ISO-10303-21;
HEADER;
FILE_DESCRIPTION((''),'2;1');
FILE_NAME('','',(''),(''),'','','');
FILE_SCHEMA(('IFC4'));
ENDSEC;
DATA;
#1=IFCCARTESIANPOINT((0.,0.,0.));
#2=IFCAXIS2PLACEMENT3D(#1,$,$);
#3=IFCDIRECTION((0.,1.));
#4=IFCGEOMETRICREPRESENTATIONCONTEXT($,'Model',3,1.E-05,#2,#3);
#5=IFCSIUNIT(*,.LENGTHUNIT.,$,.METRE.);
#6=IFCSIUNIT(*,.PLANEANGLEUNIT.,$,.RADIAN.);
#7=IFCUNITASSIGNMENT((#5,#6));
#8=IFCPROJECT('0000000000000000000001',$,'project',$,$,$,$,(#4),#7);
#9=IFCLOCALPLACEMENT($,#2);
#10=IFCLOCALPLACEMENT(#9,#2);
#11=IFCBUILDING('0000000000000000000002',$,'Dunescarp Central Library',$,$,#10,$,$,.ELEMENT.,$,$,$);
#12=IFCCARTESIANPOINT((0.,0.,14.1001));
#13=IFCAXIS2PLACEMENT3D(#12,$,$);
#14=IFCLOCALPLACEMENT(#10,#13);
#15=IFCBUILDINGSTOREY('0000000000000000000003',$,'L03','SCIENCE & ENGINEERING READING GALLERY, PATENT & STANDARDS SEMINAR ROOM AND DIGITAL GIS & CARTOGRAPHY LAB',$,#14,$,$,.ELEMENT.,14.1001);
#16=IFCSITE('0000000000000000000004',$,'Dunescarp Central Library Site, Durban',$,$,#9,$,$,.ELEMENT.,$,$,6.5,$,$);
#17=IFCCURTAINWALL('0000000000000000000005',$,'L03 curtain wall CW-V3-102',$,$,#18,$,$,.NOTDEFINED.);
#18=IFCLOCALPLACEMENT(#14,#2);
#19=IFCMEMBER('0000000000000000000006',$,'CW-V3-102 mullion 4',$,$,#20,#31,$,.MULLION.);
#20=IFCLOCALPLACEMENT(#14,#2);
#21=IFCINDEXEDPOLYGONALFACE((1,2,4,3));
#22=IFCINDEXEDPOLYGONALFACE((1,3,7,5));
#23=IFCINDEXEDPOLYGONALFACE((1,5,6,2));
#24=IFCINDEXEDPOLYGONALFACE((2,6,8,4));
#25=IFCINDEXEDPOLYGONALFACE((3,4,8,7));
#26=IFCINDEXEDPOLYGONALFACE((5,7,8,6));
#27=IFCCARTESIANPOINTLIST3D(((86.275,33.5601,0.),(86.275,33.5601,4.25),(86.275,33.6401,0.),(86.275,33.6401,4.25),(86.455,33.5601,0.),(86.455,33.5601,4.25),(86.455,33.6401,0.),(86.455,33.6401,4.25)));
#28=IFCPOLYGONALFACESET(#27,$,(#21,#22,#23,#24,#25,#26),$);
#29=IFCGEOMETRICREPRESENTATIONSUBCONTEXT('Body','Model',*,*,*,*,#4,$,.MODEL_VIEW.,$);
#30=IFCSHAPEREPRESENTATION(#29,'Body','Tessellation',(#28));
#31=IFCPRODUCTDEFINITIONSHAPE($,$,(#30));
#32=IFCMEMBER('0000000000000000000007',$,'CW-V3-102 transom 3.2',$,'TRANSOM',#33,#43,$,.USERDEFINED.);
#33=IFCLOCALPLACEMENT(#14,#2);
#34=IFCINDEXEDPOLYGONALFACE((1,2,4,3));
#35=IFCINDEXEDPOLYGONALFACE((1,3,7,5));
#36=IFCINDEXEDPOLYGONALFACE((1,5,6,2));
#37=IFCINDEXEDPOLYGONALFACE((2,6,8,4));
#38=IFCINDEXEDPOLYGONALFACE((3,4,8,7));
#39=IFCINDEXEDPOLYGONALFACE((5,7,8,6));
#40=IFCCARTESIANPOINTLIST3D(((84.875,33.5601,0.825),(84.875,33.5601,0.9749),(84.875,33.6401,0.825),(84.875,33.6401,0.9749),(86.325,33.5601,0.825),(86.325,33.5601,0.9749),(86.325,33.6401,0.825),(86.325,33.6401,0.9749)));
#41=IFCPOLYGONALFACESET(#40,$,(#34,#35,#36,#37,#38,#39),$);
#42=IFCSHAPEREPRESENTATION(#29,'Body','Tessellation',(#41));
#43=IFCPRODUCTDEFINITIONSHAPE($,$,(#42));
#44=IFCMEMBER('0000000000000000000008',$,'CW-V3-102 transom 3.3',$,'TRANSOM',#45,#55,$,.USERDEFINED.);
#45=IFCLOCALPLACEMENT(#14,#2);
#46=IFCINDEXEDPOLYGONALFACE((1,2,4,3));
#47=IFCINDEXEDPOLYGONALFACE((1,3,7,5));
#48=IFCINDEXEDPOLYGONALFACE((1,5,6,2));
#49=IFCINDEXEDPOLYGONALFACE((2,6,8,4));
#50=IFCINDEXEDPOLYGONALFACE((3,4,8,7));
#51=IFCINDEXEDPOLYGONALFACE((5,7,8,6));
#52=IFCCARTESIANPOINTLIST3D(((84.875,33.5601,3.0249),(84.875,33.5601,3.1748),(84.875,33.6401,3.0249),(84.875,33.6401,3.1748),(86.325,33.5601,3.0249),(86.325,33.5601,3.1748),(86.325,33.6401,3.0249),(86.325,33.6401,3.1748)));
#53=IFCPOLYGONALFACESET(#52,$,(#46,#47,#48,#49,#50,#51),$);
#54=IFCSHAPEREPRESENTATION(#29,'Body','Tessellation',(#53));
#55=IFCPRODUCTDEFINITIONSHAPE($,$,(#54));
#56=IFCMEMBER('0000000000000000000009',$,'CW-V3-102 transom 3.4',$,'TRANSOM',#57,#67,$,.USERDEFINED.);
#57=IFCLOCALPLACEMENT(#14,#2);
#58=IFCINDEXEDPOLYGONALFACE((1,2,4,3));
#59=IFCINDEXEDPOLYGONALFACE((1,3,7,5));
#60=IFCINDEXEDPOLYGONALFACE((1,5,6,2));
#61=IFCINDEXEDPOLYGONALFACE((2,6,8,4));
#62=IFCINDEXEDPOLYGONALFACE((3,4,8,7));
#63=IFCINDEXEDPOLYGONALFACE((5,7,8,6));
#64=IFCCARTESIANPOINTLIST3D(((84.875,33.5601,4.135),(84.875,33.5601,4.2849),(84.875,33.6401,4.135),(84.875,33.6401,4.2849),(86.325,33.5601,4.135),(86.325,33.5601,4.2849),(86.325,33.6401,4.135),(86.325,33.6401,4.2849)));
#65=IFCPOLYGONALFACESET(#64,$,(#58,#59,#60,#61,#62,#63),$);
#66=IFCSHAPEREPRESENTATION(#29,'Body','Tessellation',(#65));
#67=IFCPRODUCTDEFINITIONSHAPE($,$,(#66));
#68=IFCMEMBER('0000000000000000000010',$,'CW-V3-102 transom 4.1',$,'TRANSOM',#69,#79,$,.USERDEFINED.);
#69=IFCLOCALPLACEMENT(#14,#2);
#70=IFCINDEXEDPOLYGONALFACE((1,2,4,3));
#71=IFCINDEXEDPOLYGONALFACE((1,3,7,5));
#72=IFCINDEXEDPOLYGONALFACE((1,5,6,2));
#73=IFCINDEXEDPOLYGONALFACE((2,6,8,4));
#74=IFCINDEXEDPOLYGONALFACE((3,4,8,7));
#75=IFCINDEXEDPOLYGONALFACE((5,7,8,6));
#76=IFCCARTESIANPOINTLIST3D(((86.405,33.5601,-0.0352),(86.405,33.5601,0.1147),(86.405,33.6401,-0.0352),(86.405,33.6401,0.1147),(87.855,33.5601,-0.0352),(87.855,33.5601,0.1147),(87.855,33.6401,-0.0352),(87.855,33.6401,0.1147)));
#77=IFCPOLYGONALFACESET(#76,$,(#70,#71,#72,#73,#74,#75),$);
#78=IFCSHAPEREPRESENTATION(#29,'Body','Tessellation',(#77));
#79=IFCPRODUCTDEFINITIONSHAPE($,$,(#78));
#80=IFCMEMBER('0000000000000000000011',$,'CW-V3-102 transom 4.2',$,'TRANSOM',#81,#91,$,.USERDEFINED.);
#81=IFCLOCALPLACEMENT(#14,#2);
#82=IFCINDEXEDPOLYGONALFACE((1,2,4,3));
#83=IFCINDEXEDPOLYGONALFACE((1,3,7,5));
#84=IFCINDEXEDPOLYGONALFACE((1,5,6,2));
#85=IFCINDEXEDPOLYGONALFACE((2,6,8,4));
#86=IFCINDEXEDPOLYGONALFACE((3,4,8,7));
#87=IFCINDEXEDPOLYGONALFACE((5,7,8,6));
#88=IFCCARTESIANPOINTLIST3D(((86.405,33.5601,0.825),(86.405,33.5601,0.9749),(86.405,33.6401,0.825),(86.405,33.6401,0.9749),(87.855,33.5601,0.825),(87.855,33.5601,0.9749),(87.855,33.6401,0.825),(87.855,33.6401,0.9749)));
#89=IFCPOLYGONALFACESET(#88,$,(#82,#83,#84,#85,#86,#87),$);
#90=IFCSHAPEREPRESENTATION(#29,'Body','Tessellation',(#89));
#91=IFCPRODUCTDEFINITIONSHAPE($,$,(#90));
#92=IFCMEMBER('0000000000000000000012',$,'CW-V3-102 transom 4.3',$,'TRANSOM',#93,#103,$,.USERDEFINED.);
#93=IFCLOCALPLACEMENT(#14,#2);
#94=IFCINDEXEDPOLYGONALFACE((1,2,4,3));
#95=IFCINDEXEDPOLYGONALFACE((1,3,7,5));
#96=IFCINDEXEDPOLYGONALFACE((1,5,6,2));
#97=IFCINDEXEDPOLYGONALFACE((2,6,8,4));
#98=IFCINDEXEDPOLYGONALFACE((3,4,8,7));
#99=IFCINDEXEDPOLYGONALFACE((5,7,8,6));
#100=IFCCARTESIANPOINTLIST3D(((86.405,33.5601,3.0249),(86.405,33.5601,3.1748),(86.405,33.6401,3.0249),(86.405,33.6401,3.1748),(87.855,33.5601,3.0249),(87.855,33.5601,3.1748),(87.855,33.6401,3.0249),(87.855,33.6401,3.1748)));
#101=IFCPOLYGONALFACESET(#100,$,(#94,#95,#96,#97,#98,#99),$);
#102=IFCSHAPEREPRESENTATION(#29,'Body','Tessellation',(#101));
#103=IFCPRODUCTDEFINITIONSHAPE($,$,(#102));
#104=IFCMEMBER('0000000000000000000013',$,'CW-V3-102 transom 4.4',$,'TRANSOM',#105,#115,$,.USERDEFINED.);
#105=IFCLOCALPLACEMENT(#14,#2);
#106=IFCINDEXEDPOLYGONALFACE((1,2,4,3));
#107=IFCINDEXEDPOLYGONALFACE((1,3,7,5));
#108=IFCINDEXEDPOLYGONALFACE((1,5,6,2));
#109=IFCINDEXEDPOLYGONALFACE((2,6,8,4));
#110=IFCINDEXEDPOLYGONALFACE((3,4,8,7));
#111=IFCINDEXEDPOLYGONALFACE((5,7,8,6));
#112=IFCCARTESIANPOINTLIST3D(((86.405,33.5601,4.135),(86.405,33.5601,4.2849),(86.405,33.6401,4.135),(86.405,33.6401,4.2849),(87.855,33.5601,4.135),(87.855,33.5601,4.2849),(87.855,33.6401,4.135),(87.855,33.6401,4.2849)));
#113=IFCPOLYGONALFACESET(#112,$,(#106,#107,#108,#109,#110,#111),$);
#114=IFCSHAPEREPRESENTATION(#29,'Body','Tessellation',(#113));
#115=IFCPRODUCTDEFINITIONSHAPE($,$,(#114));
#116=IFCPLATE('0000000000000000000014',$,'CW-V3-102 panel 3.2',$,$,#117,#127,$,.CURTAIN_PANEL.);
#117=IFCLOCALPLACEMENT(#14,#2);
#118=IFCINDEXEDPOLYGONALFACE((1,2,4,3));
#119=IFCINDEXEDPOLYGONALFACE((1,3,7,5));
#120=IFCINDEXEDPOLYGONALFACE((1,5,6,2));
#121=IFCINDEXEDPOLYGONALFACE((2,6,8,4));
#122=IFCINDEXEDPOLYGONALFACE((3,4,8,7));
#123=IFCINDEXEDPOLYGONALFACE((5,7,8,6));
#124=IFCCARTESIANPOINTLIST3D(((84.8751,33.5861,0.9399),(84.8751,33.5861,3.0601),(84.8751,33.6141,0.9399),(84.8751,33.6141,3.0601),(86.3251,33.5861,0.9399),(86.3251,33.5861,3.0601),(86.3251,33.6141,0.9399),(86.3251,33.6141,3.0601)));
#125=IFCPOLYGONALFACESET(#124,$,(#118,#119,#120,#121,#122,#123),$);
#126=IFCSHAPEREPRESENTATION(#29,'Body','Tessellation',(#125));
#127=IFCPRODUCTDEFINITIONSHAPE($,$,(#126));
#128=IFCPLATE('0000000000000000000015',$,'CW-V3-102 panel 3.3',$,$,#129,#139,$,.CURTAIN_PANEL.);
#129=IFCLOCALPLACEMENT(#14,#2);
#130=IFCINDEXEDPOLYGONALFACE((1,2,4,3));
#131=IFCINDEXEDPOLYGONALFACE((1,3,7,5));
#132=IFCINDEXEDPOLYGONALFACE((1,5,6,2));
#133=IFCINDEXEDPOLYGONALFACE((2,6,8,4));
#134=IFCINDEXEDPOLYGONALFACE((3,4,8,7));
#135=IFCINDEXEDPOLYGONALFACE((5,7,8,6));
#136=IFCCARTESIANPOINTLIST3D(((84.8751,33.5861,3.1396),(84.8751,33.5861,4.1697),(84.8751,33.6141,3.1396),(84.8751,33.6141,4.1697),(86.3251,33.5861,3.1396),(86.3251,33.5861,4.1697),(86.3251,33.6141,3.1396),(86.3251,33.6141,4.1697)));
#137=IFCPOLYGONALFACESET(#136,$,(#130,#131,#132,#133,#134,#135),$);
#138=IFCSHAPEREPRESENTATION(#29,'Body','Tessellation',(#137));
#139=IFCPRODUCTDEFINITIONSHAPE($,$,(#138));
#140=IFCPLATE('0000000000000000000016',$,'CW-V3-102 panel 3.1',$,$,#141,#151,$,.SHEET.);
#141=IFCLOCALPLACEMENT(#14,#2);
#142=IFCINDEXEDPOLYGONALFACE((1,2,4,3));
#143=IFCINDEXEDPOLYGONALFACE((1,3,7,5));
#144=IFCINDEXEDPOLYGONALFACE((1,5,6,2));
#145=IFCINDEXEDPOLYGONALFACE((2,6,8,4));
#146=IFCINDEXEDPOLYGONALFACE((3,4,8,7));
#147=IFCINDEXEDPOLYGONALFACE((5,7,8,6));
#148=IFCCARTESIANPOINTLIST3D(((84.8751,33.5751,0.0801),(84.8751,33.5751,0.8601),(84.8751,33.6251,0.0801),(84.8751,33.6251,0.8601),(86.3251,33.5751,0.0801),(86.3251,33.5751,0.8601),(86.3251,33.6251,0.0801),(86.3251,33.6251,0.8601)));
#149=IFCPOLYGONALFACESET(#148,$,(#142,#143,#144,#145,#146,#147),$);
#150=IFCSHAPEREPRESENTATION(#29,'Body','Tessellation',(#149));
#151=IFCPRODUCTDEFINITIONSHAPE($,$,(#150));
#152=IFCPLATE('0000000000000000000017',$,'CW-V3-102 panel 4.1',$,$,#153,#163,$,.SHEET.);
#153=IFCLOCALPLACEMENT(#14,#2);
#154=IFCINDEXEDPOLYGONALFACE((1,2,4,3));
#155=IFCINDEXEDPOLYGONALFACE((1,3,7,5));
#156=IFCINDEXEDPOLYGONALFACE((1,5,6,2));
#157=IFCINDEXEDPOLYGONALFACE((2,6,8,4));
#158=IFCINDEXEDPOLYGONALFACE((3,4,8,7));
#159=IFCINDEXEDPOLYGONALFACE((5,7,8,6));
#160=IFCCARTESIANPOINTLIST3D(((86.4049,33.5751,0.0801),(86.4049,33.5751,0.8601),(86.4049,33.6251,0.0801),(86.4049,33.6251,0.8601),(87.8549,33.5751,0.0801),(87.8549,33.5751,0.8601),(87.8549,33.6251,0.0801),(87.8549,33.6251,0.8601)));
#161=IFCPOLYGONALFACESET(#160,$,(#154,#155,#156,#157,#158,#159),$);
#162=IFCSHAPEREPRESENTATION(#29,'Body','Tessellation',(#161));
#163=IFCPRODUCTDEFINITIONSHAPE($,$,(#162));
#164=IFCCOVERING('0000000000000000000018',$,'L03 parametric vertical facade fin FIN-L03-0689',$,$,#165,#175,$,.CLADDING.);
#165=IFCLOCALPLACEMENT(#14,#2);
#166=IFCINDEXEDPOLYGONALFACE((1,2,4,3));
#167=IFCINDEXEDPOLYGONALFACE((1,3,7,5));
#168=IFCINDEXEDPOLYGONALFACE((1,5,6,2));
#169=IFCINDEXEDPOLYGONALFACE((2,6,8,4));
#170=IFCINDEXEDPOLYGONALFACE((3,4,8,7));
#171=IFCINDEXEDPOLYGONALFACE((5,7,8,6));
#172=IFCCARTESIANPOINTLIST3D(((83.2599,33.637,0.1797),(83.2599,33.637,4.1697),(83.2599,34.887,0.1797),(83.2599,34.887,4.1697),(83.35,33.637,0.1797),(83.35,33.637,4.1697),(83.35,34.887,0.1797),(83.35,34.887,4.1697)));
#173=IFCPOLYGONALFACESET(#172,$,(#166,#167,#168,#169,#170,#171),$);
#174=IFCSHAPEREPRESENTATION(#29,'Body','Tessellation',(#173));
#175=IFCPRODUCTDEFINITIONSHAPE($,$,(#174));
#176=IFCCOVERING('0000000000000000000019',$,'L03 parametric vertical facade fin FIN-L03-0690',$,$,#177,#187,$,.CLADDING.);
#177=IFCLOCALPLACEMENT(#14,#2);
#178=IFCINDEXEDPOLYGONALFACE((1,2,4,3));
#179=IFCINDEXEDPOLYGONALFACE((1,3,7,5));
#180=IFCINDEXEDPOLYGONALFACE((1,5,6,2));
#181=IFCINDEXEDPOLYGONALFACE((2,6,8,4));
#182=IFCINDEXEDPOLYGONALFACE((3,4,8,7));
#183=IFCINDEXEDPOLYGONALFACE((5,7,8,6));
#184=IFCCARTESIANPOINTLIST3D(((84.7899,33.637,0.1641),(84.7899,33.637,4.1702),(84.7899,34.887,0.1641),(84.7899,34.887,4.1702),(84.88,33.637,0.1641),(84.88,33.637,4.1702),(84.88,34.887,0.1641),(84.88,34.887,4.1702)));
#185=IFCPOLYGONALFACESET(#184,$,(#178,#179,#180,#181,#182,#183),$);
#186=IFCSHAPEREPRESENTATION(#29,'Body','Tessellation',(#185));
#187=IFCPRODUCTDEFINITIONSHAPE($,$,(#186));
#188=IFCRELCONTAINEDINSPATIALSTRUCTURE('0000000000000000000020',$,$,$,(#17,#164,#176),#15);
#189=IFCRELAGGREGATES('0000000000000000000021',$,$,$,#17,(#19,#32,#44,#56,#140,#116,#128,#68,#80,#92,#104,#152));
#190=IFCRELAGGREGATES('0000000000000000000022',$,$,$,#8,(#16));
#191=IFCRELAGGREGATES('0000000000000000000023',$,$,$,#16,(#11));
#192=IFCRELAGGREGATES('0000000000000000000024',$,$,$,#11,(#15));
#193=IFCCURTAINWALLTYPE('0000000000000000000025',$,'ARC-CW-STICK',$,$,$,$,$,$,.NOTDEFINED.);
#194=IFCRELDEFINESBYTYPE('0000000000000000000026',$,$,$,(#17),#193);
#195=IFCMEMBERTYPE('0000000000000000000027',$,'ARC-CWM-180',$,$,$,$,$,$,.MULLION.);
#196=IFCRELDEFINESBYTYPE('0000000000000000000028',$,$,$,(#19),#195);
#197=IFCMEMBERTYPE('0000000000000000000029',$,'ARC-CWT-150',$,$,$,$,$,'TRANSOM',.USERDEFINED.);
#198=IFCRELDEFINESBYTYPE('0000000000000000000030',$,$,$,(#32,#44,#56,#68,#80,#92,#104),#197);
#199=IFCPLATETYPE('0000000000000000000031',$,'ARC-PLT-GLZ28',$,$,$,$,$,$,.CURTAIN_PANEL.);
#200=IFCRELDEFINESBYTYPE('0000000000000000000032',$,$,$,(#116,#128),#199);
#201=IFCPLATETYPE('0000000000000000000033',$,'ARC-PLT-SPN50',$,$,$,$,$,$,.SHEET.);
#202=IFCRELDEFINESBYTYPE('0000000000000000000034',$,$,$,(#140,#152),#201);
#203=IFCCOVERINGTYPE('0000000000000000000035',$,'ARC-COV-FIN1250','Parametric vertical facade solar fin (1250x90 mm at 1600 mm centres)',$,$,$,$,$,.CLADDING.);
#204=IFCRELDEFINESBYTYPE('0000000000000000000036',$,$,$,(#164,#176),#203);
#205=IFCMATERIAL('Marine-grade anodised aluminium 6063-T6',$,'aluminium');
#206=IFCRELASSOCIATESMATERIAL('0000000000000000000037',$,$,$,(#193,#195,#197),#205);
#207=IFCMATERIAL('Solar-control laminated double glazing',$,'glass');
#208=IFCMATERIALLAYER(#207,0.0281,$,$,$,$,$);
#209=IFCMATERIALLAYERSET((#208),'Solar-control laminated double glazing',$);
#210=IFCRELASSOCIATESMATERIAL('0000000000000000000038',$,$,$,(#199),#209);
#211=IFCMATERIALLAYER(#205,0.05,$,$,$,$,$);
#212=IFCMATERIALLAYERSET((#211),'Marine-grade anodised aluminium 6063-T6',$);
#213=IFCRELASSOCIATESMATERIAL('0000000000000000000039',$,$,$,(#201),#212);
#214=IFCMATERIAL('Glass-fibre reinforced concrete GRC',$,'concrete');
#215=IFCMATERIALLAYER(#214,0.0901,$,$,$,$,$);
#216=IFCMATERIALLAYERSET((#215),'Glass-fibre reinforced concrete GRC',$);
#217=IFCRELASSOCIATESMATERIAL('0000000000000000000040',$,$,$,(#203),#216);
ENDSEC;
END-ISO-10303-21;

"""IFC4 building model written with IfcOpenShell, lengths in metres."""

from ifc_helpers import new_model, si_unit, direction, frame, origin, origin_2d, place, context, subcontext, project, spatial, rectangle, extrude, material, layer, layer_set, material_profile, profile_set, type_object, element, aggregate, save


model = new_model("IFC4")

# Units and contexts
model_context = context("Model", 3, precision=1e-05, world=origin(), true_north=direction((0.0, 1.0)))
body_context = subcontext(model_context, "Body", "Model", "MODEL_VIEW")
ifc_project = project(units=[si_unit("LENGTHUNIT", "METRE"), si_unit("PLANEANGLEUNIT", "RADIAN")], contexts=[model_context])

# Site, building, storey
site_placement = place(None, origin())
site = spatial("IfcSite", under=ifc_project, at=site_placement, Name="Dunescarp Central Library Site, Durban", CompositionType="ELEMENT", RefElevation=6.5)
building_placement = place(site_placement, origin())
building = spatial("IfcBuilding", under=site, at=building_placement, Name="Dunescarp Central Library", CompositionType="ELEMENT")
storey_placement = place(building_placement, frame((0.0, 0.0, 14.1001)))
storey = spatial("IfcBuildingStorey", under=building, at=storey_placement, Name="L03", Description="SCIENCE & ENGINEERING READING GALLERY, PATENT & STANDARDS SEMINAR ROOM AND DIGITAL GIS & CARTOGRAPHY LAB", CompositionType="ELEMENT", Elevation=14.1001)

# Curtain wall, members, plates
ifc_material_1 = material(Name="Marine-grade anodised aluminium 6063-T6", Category="aluminium")
curtain_wall_type = type_object("IfcCurtainWallType", Name="ARC-CW-STICK", PredefinedType="NOTDEFINED", material=ifc_material_1)
curtain_wall_placement = place(storey_placement, origin())
curtain_wall = element("IfcCurtainWall", 1, at=curtain_wall_placement, inside=storey, type_object=curtain_wall_type, Name="L03 curtain wall CW-V3-102", PredefinedType="NOTDEFINED")
ifc_material_profile_1 = material_profile(ifc_material_1, rectangle(XDim=0.0801, YDim=0.1799, at=origin_2d()), Name="AL 80x180")
ifc_profile_set_1 = profile_set([ifc_material_profile_1], Name="Marine-grade anodised aluminium 6063-T6")
member_type_1 = type_object("IfcMemberType", Name="ARC-CWM-180", PredefinedType="MULLION", material=ifc_profile_set_1)
member_1_placement = place(storey_placement, frame((86.365, 33.6001, 0.0), z_axis=(0.0, 0.0, 1.0), x_axis=(0.0, 1.0, 0.0)))
member_1 = element("IfcMember", 2, at=member_1_placement, type_object=member_type_1, Name="CW-V3-102 mullion 4", PredefinedType="MULLION", context=body_context, shape_type="SweptSolid", body=[
    extrude(rectangle(XDim=0.0801, YDim=0.1799, at=origin_2d()), origin(), (0.0, 0.0, 1.0), 4.25),
])
ifc_material_profile_2 = material_profile(ifc_material_1, rectangle(XDim=0.0801, YDim=0.1499, at=origin_2d()), Name="AL 80x150")
ifc_profile_set_2 = profile_set([ifc_material_profile_2], Name="Marine-grade anodised aluminium 6063-T6")
member_type_2 = type_object("IfcMemberType", Name="ARC-CWT-150", ElementType="TRANSOM", PredefinedType="USERDEFINED", material=ifc_profile_set_2)
member_2_placement = place(storey_placement, frame((84.875, 33.6001, 0.8999), z_axis=(1.0, 0.0, 0.0), x_axis=(0.0, 1.0, 0.0)))
member_2 = element("IfcMember", 3, at=member_2_placement, type_object=member_type_2, Name="CW-V3-102 transom 3.2", ObjectType="TRANSOM", PredefinedType="USERDEFINED", context=body_context, shape_type="SweptSolid", body=[
    extrude(rectangle(XDim=0.0801, YDim=0.1499, at=origin_2d()), origin(), (0.0, 0.0, 1.0), 1.45),
])
member_3_placement = place(storey_placement, frame((84.875, 33.6001, 3.0999), z_axis=(1.0, 0.0, 0.0), x_axis=(0.0, 1.0, 0.0)))
member_3 = element("IfcMember", 4, at=member_3_placement, type_object=member_type_2, Name="CW-V3-102 transom 3.3", ObjectType="TRANSOM", PredefinedType="USERDEFINED", context=body_context, shape_type="SweptSolid", body=[
    extrude(rectangle(XDim=0.0801, YDim=0.1499, at=origin_2d()), origin(), (0.0, 0.0, 1.0), 1.45),
])
member_4_placement = place(storey_placement, frame((84.875, 33.6001, 4.21), z_axis=(1.0, 0.0, 0.0), x_axis=(0.0, 1.0, 0.0)))
member_4 = element("IfcMember", 5, at=member_4_placement, type_object=member_type_2, Name="CW-V3-102 transom 3.4", ObjectType="TRANSOM", PredefinedType="USERDEFINED", context=body_context, shape_type="SweptSolid", body=[
    extrude(rectangle(XDim=0.0801, YDim=0.1499, at=origin_2d()), origin(), (0.0, 0.0, 1.0), 1.45),
])
member_5_placement = place(storey_placement, frame((86.405, 33.6001, 0.0398), z_axis=(1.0, 0.0, 0.0), x_axis=(0.0, 1.0, 0.0)))
member_5 = element("IfcMember", 6, at=member_5_placement, type_object=member_type_2, Name="CW-V3-102 transom 4.1", ObjectType="TRANSOM", PredefinedType="USERDEFINED", context=body_context, shape_type="SweptSolid", body=[
    extrude(rectangle(XDim=0.0801, YDim=0.1499, at=origin_2d()), origin(), (0.0, 0.0, 1.0), 1.45),
])
member_6_placement = place(storey_placement, frame((86.405, 33.6001, 0.8999), z_axis=(1.0, 0.0, 0.0), x_axis=(0.0, 1.0, 0.0)))
member_6 = element("IfcMember", 7, at=member_6_placement, type_object=member_type_2, Name="CW-V3-102 transom 4.2", ObjectType="TRANSOM", PredefinedType="USERDEFINED", context=body_context, shape_type="SweptSolid", body=[
    extrude(rectangle(XDim=0.0801, YDim=0.1499, at=origin_2d()), origin(), (0.0, 0.0, 1.0), 1.45),
])
member_7_placement = place(storey_placement, frame((86.405, 33.6001, 3.0999), z_axis=(1.0, 0.0, 0.0), x_axis=(0.0, 1.0, 0.0)))
member_7 = element("IfcMember", 8, at=member_7_placement, type_object=member_type_2, Name="CW-V3-102 transom 4.3", ObjectType="TRANSOM", PredefinedType="USERDEFINED", context=body_context, shape_type="SweptSolid", body=[
    extrude(rectangle(XDim=0.0801, YDim=0.1499, at=origin_2d()), origin(), (0.0, 0.0, 1.0), 1.45),
])
member_8_placement = place(storey_placement, frame((86.405, 33.6001, 4.21), z_axis=(1.0, 0.0, 0.0), x_axis=(0.0, 1.0, 0.0)))
member_8 = element("IfcMember", 9, at=member_8_placement, type_object=member_type_2, Name="CW-V3-102 transom 4.4", ObjectType="TRANSOM", PredefinedType="USERDEFINED", context=body_context, shape_type="SweptSolid", body=[
    extrude(rectangle(XDim=0.0801, YDim=0.1499, at=origin_2d()), origin(), (0.0, 0.0, 1.0), 1.45),
])
ifc_material_2 = material(Name="Solar-control laminated double glazing", Category="glass")
ifc_layer_1 = layer(ifc_material_2, 0.0281)
ifc_layer_set_1 = layer_set([ifc_layer_1], Name="Solar-control laminated double glazing")
plate_type_1 = type_object("IfcPlateType", Name="ARC-PLT-GLZ28", PredefinedType="CURTAIN_PANEL", material=ifc_layer_set_1)
plate_1_placement = place(storey_placement, frame((85.6001, 33.6001, 0.9399), z_axis=(0.0, 0.0, 1.0), x_axis=(1.0, 0.0, 0.0)))
plate_1 = element("IfcPlate", 10, at=plate_1_placement, type_object=plate_type_1, Name="CW-V3-102 panel 3.2", PredefinedType="CURTAIN_PANEL", context=body_context, shape_type="SweptSolid", body=[
    extrude(rectangle(XDim=1.45, YDim=0.0281, at=origin_2d()), origin(), (0.0, 0.0, 1.0), 2.1201),
])
plate_2_placement = place(storey_placement, frame((85.6001, 33.6001, 3.1396), z_axis=(0.0, 0.0, 1.0), x_axis=(1.0, 0.0, 0.0)))
plate_2 = element("IfcPlate", 11, at=plate_2_placement, type_object=plate_type_1, Name="CW-V3-102 panel 3.3", PredefinedType="CURTAIN_PANEL", context=body_context, shape_type="SweptSolid", body=[
    extrude(rectangle(XDim=1.45, YDim=0.0281, at=origin_2d()), origin(), (0.0, 0.0, 1.0), 1.03),
])
ifc_layer_2 = layer(ifc_material_1, 0.05)
ifc_layer_set_2 = layer_set([ifc_layer_2], Name="Marine-grade anodised aluminium 6063-T6")
plate_type_2 = type_object("IfcPlateType", Name="ARC-PLT-SPN50", PredefinedType="SHEET", material=ifc_layer_set_2)
plate_3_placement = place(storey_placement, frame((85.6001, 33.6001, 0.0801), z_axis=(0.0, 0.0, 1.0), x_axis=(1.0, 0.0, 0.0)))
plate_3 = element("IfcPlate", 12, at=plate_3_placement, type_object=plate_type_2, Name="CW-V3-102 panel 3.1", PredefinedType="SHEET", context=body_context, shape_type="SweptSolid", body=[
    extrude(rectangle(XDim=1.45, YDim=0.05, at=origin_2d()), origin(), (0.0, 0.0, 1.0), 0.78),
])
plate_4_placement = place(storey_placement, frame((87.1299, 33.6001, 0.0801), z_axis=(0.0, 0.0, 1.0), x_axis=(1.0, 0.0, 0.0)))
plate_4 = element("IfcPlate", 13, at=plate_4_placement, type_object=plate_type_2, Name="CW-V3-102 panel 4.1", PredefinedType="SHEET", context=body_context, shape_type="SweptSolid", body=[
    extrude(rectangle(XDim=1.45, YDim=0.05, at=origin_2d()), origin(), (0.0, 0.0, 1.0), 0.78),
])
aggregate(curtain_wall, [member_1, member_2, member_3, member_4, plate_3, plate_1, plate_2, member_5, member_6, member_7, member_8, plate_4])

# Coverings
ifc_material_3 = material(Name="Glass-fibre reinforced concrete GRC", Category="concrete")
ifc_layer_3 = layer(ifc_material_3, 0.0901)
ifc_layer_set_3 = layer_set([ifc_layer_3], Name="Glass-fibre reinforced concrete GRC")
covering_type_1 = type_object("IfcCoveringType", Name="ARC-COV-FIN1250", Description="Parametric vertical facade solar fin (1250x90 mm at 1600 mm centres)", PredefinedType="CLADDING", material=ifc_layer_set_3)
covering_1_placement = place(storey_placement, frame((83.3049, 34.262, 0.1797), z_axis=(0.0, 0.0, 1.0), x_axis=(0.0, 1.0, 0.0)))
element("IfcCovering", 14, at=covering_1_placement, inside=storey, type_object=covering_type_1, Name="L03 parametric vertical facade fin FIN-L03-0689", PredefinedType="CLADDING", context=body_context, shape_type="SweptSolid", body=[
    extrude(rectangle(XDim=1.25, YDim=0.0901, at=origin_2d()), origin(), (0.0, 0.0, 1.0), 3.99),
])
covering_2_placement = place(storey_placement, frame((84.835, 34.262, 0.1641), z_axis=(0.0, 0.0, 1.0), x_axis=(0.0, 1.0, 0.0)))
element("IfcCovering", 15, at=covering_2_placement, inside=storey, type_object=covering_type_1, Name="L03 parametric vertical facade fin FIN-L03-0690", PredefinedType="CLADDING", context=body_context, shape_type="SweptSolid", body=[
    extrude(rectangle(XDim=1.25, YDim=0.0901, at=origin_2d()), origin(), (0.0, 0.0, 1.0), 4.0061),
])

save(model, "model.ifc")
